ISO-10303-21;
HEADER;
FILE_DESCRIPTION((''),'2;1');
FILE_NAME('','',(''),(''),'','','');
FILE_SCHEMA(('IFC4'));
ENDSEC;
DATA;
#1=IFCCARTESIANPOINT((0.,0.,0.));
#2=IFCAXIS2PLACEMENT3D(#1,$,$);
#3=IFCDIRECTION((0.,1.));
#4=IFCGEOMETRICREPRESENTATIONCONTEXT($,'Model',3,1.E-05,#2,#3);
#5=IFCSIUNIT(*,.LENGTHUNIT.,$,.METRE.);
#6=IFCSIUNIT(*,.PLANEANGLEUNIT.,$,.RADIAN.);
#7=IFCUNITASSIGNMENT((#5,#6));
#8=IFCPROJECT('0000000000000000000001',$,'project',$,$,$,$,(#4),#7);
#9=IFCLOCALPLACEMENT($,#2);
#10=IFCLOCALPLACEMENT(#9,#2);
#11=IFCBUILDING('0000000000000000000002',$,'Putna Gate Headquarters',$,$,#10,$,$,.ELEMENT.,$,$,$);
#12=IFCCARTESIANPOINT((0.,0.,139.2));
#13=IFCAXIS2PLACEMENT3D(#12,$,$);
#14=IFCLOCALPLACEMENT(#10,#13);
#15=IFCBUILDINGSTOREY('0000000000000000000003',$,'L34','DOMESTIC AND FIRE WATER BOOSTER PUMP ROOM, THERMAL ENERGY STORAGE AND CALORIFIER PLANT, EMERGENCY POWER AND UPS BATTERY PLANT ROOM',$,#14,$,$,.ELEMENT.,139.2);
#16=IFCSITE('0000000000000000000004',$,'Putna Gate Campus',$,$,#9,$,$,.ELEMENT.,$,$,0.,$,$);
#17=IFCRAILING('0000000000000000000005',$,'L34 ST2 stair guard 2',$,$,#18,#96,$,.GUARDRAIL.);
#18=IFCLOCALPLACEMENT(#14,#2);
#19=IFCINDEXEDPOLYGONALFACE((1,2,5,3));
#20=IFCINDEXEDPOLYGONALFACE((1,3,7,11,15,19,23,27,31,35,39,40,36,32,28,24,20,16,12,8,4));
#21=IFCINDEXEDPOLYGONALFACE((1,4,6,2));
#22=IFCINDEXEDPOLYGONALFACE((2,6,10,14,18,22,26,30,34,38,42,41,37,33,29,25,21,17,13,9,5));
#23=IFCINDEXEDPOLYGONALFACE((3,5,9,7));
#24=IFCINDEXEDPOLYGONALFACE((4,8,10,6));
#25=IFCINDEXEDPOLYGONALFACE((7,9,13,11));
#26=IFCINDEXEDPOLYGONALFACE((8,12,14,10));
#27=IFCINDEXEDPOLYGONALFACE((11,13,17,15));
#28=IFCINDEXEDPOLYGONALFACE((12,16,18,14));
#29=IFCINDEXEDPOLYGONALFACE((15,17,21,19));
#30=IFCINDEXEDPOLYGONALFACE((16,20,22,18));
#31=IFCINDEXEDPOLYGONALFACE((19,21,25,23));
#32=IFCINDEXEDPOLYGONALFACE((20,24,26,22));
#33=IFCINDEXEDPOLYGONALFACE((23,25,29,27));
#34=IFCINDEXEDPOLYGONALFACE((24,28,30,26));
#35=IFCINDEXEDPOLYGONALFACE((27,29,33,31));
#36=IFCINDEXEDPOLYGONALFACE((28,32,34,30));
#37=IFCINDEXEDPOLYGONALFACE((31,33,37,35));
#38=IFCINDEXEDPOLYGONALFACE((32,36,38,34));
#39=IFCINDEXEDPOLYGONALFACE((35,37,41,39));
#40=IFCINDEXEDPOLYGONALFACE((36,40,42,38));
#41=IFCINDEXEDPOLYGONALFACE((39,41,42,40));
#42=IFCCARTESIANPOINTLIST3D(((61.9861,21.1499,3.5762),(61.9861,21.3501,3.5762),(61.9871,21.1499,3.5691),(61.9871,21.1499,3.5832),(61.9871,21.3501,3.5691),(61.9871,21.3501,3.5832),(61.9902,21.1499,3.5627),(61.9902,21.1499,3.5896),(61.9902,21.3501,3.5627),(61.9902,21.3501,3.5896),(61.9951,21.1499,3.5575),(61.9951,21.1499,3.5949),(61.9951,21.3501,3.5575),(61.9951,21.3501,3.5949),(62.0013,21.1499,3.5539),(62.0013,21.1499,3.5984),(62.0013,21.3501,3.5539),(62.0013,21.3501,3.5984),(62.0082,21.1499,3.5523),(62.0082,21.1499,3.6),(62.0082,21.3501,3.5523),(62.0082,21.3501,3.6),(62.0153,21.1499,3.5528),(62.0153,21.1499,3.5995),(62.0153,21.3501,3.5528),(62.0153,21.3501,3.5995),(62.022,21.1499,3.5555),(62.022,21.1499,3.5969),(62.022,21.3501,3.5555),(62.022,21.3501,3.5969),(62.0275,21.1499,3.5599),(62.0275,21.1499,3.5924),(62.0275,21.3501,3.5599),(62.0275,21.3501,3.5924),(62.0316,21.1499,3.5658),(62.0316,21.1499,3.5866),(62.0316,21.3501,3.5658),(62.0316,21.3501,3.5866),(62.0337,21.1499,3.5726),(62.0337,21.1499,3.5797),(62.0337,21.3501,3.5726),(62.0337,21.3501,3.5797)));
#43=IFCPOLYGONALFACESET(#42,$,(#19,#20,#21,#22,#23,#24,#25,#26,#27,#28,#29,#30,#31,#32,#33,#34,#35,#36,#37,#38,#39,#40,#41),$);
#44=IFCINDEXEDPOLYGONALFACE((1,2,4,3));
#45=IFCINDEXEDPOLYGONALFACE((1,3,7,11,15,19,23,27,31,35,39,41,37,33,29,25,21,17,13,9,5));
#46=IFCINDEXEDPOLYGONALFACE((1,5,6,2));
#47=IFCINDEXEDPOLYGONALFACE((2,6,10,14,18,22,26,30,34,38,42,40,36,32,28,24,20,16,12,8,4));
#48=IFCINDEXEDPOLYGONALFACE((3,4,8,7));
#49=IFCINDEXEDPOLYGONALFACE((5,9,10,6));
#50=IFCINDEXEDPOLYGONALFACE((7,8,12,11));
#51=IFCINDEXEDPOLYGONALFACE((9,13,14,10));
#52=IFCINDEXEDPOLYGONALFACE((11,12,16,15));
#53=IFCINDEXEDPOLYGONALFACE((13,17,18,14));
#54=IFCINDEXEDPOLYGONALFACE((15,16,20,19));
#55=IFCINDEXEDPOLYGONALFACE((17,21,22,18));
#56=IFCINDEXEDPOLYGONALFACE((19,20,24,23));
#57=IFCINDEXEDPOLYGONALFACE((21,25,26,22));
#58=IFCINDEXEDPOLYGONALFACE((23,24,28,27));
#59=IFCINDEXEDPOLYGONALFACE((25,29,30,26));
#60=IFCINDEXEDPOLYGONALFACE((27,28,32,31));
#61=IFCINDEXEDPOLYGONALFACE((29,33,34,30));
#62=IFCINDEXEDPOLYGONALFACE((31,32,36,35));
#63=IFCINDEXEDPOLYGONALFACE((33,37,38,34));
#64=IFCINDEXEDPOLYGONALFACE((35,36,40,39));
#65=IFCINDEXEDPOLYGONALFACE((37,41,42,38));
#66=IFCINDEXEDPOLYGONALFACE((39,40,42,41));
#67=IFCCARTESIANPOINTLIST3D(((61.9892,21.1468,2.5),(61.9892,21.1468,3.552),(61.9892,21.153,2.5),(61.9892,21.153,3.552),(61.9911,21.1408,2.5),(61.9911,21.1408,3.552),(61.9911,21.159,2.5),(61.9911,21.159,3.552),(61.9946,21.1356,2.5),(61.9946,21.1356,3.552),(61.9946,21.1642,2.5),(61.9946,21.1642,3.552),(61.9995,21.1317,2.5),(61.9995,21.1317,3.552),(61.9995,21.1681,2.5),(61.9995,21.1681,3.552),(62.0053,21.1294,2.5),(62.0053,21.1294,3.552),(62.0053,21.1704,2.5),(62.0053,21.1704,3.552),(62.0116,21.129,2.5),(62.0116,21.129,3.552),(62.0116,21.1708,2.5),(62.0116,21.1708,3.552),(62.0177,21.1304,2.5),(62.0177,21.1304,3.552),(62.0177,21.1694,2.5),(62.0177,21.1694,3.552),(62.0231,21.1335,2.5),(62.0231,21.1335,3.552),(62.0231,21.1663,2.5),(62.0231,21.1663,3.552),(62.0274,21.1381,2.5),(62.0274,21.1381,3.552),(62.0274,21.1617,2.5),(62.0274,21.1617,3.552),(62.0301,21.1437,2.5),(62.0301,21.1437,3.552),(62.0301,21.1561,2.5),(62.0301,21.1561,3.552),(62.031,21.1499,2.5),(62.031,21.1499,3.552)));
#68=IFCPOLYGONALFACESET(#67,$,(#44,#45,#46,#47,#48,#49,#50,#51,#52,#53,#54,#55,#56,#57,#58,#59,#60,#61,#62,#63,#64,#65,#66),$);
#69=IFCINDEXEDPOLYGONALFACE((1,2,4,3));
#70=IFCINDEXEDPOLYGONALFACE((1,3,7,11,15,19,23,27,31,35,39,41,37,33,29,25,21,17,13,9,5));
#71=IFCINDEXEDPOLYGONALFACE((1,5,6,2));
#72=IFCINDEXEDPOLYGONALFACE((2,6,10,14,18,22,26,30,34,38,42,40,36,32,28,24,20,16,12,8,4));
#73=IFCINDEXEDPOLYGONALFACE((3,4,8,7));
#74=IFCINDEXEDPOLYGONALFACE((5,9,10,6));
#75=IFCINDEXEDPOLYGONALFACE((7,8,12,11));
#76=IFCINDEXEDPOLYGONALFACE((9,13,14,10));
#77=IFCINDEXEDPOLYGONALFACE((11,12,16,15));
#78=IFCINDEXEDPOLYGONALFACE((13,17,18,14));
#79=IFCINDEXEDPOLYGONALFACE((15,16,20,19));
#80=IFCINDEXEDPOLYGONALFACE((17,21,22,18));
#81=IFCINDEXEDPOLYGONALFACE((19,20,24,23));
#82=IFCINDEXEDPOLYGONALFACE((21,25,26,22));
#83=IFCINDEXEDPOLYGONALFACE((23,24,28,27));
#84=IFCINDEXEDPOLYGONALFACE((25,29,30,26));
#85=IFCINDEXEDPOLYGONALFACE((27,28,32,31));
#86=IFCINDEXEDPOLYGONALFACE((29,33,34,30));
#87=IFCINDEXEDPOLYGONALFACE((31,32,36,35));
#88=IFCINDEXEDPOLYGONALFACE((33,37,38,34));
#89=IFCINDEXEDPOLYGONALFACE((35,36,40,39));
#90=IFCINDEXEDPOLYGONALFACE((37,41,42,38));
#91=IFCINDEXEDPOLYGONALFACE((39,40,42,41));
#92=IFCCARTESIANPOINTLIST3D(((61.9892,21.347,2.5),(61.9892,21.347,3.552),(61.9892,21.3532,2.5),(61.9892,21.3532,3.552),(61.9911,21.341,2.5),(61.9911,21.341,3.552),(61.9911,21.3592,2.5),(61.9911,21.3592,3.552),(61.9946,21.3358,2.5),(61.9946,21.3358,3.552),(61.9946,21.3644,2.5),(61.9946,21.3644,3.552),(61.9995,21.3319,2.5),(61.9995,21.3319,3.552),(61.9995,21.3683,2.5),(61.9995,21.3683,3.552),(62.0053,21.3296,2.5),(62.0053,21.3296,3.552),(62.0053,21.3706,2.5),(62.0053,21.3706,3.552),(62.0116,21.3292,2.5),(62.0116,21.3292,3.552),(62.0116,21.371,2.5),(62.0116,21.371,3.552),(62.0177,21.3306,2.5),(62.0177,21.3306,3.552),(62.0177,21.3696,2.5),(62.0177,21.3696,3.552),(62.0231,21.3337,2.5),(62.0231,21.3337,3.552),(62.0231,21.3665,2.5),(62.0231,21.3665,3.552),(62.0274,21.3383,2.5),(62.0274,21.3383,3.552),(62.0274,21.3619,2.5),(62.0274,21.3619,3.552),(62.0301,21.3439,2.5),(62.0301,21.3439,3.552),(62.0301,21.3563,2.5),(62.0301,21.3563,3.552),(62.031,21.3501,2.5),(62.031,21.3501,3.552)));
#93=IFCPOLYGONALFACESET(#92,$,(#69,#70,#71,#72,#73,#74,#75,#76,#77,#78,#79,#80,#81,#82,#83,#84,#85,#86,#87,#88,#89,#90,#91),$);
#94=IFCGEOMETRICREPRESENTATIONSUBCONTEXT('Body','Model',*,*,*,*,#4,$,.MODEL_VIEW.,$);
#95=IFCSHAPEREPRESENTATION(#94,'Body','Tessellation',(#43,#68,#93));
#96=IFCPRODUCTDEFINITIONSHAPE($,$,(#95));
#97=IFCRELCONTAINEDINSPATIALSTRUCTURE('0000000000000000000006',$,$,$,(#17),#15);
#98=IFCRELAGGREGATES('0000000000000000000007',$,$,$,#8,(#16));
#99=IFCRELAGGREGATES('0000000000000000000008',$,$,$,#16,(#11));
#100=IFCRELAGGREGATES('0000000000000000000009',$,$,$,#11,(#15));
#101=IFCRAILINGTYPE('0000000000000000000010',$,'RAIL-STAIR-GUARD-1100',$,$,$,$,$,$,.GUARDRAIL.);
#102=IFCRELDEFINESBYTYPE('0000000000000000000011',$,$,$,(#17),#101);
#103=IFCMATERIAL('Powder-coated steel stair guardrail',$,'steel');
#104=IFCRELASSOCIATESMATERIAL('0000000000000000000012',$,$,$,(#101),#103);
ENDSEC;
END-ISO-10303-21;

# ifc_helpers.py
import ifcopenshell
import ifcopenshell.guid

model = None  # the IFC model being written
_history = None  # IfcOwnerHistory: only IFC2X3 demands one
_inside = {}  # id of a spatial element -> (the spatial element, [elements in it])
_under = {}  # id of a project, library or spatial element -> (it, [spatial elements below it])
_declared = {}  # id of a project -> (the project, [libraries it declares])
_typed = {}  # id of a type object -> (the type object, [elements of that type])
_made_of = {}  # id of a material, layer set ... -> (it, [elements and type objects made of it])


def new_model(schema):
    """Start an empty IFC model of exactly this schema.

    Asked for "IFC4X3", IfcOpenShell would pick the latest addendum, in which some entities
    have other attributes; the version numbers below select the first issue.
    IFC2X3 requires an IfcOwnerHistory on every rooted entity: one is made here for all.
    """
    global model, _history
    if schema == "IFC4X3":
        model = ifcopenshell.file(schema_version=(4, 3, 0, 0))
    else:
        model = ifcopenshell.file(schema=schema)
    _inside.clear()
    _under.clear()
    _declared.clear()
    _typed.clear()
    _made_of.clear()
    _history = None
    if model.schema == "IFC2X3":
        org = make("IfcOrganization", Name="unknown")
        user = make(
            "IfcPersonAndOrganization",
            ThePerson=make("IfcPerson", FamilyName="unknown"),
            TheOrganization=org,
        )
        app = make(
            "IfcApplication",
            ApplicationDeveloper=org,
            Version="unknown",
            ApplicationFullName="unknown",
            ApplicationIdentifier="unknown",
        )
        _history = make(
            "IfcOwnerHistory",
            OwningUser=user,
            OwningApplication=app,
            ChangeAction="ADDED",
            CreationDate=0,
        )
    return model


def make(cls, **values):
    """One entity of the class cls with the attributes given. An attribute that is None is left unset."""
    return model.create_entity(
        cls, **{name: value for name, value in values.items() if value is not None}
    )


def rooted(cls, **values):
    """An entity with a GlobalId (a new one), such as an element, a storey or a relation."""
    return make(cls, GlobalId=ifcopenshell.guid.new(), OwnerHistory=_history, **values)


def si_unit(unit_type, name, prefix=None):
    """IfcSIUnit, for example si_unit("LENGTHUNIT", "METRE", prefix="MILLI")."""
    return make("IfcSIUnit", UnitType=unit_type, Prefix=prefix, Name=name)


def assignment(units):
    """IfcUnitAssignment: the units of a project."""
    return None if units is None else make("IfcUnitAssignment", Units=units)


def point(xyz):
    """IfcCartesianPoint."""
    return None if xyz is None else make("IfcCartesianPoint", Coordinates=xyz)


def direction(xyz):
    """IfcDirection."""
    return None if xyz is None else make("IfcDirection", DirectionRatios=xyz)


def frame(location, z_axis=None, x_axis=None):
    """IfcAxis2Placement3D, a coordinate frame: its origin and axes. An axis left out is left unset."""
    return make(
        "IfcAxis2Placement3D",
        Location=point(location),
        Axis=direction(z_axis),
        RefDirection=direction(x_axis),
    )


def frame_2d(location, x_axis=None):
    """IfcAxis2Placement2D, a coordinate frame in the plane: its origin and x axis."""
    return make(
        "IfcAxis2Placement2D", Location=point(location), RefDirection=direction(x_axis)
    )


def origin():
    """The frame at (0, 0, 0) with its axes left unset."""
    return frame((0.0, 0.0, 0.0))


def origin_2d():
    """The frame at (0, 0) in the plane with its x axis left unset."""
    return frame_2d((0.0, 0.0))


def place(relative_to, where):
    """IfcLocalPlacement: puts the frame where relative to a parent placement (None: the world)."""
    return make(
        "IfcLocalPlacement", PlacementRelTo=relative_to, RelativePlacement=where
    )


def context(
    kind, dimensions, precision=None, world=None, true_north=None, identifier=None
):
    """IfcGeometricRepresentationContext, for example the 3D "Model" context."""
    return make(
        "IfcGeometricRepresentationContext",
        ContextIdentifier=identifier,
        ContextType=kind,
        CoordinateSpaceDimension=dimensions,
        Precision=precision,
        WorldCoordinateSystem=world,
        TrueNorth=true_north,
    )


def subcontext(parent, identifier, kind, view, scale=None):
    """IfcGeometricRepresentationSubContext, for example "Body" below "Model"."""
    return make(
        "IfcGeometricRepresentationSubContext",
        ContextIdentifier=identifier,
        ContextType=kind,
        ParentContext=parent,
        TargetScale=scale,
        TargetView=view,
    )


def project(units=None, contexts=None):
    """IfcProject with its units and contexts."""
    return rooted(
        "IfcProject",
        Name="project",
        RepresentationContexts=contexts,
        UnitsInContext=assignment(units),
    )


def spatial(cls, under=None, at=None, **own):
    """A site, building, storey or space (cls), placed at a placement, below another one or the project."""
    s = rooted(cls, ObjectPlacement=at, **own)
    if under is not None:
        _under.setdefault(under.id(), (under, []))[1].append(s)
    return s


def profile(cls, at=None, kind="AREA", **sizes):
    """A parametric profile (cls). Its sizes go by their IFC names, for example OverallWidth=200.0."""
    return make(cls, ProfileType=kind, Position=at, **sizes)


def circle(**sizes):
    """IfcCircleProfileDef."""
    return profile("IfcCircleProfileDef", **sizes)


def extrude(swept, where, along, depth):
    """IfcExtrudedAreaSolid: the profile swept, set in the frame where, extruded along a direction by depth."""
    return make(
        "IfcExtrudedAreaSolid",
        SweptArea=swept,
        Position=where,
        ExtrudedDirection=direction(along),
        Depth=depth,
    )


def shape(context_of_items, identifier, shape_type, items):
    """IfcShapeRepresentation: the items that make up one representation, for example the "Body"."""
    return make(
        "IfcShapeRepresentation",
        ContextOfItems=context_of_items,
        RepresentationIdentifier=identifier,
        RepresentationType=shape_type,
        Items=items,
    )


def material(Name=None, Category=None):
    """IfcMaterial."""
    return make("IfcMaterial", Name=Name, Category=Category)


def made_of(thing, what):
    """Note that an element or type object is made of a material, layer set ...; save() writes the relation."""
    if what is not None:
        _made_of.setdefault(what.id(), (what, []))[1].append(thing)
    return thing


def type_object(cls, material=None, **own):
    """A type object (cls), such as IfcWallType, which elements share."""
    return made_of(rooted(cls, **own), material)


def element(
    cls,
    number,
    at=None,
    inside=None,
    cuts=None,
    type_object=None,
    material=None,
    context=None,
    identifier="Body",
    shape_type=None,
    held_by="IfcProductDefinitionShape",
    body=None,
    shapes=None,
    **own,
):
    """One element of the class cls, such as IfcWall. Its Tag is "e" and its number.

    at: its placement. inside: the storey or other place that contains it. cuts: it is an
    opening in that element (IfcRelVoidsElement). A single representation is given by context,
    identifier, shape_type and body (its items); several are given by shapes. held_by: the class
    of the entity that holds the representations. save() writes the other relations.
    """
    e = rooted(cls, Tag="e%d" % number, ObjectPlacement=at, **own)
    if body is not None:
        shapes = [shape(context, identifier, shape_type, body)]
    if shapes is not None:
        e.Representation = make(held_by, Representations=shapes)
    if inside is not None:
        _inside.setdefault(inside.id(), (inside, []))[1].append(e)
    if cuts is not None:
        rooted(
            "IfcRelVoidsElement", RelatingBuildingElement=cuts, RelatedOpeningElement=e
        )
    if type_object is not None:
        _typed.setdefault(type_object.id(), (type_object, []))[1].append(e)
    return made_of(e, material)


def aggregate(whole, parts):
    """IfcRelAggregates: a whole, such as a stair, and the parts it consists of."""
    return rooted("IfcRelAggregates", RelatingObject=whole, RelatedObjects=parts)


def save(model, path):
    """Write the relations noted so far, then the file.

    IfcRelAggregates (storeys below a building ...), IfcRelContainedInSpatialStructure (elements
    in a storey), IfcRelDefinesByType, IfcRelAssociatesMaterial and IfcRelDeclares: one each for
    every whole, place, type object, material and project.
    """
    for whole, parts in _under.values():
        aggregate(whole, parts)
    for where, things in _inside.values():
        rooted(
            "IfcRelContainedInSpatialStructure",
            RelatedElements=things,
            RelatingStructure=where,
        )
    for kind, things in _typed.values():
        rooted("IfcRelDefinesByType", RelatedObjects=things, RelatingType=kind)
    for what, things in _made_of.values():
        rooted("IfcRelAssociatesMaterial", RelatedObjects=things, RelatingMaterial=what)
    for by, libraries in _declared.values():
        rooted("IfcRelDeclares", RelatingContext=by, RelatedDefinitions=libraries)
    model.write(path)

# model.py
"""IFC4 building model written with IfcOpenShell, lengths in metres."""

from ifc_helpers import new_model, si_unit, direction, frame, origin, origin_2d, place, context, subcontext, project, spatial, circle, extrude, material, type_object, element, save


model = new_model("IFC4")

# Units and contexts
model_context = context("Model", 3, precision=1e-05, world=origin(), true_north=direction((0.0, 1.0)))
body_context = subcontext(model_context, "Body", "Model", "MODEL_VIEW")
ifc_project = project(units=[si_unit("LENGTHUNIT", "METRE"), si_unit("PLANEANGLEUNIT", "RADIAN")], contexts=[model_context])

# Site, building, storey
site_placement = place(None, origin())
site = spatial("IfcSite", under=ifc_project, at=site_placement, Name="Putna Gate Campus", CompositionType="ELEMENT", RefElevation=0.0)
building_placement = place(site_placement, origin())
building = spatial("IfcBuilding", under=site, at=building_placement, Name="Putna Gate Headquarters", CompositionType="ELEMENT")
storey_placement = place(building_placement, frame((0.0, 0.0, 139.2)))
storey = spatial("IfcBuildingStorey", under=building, at=storey_placement, Name="L34", Description="DOMESTIC AND FIRE WATER BOOSTER PUMP ROOM, THERMAL ENERGY STORAGE AND CALORIFIER PLANT, EMERGENCY POWER AND UPS BATTERY PLANT ROOM", CompositionType="ELEMENT", Elevation=139.2)

# Railing
ifc_material_1 = material(Name="Powder-coated steel stair guardrail", Category="steel")
railing_type = type_object("IfcRailingType", Name="RAIL-STAIR-GUARD-1100", PredefinedType="GUARDRAIL", material=ifc_material_1)
railing_1_placement = place(storey_placement, frame((62.01, 21.1499, 2.5)))
element("IfcRailing", 1, at=railing_1_placement, inside=storey, type_object=railing_type, Name="L34 ST2 stair guard 2", PredefinedType="GUARDRAIL", context=body_context, shape_type="SweptSolid", body=[
    extrude(circle(Radius=0.0239, at=origin_2d()), frame((0.0, 0.0, 1.0762), z_axis=(0.0, 1.0, 0.0), x_axis=(-1.0, 0.0, 0.0)), (0.0, 0.0, 1.0), 0.2002),
    extrude(circle(Radius=0.021, at=origin_2d()), origin(), (0.0, 0.0, 1.0), 1.052),
    extrude(circle(Radius=0.021, at=origin_2d()), frame((0.0, 0.2002, 0.0)), (0.0, 0.0, 1.0), 1.052),
])

save(model, "model.ifc")
